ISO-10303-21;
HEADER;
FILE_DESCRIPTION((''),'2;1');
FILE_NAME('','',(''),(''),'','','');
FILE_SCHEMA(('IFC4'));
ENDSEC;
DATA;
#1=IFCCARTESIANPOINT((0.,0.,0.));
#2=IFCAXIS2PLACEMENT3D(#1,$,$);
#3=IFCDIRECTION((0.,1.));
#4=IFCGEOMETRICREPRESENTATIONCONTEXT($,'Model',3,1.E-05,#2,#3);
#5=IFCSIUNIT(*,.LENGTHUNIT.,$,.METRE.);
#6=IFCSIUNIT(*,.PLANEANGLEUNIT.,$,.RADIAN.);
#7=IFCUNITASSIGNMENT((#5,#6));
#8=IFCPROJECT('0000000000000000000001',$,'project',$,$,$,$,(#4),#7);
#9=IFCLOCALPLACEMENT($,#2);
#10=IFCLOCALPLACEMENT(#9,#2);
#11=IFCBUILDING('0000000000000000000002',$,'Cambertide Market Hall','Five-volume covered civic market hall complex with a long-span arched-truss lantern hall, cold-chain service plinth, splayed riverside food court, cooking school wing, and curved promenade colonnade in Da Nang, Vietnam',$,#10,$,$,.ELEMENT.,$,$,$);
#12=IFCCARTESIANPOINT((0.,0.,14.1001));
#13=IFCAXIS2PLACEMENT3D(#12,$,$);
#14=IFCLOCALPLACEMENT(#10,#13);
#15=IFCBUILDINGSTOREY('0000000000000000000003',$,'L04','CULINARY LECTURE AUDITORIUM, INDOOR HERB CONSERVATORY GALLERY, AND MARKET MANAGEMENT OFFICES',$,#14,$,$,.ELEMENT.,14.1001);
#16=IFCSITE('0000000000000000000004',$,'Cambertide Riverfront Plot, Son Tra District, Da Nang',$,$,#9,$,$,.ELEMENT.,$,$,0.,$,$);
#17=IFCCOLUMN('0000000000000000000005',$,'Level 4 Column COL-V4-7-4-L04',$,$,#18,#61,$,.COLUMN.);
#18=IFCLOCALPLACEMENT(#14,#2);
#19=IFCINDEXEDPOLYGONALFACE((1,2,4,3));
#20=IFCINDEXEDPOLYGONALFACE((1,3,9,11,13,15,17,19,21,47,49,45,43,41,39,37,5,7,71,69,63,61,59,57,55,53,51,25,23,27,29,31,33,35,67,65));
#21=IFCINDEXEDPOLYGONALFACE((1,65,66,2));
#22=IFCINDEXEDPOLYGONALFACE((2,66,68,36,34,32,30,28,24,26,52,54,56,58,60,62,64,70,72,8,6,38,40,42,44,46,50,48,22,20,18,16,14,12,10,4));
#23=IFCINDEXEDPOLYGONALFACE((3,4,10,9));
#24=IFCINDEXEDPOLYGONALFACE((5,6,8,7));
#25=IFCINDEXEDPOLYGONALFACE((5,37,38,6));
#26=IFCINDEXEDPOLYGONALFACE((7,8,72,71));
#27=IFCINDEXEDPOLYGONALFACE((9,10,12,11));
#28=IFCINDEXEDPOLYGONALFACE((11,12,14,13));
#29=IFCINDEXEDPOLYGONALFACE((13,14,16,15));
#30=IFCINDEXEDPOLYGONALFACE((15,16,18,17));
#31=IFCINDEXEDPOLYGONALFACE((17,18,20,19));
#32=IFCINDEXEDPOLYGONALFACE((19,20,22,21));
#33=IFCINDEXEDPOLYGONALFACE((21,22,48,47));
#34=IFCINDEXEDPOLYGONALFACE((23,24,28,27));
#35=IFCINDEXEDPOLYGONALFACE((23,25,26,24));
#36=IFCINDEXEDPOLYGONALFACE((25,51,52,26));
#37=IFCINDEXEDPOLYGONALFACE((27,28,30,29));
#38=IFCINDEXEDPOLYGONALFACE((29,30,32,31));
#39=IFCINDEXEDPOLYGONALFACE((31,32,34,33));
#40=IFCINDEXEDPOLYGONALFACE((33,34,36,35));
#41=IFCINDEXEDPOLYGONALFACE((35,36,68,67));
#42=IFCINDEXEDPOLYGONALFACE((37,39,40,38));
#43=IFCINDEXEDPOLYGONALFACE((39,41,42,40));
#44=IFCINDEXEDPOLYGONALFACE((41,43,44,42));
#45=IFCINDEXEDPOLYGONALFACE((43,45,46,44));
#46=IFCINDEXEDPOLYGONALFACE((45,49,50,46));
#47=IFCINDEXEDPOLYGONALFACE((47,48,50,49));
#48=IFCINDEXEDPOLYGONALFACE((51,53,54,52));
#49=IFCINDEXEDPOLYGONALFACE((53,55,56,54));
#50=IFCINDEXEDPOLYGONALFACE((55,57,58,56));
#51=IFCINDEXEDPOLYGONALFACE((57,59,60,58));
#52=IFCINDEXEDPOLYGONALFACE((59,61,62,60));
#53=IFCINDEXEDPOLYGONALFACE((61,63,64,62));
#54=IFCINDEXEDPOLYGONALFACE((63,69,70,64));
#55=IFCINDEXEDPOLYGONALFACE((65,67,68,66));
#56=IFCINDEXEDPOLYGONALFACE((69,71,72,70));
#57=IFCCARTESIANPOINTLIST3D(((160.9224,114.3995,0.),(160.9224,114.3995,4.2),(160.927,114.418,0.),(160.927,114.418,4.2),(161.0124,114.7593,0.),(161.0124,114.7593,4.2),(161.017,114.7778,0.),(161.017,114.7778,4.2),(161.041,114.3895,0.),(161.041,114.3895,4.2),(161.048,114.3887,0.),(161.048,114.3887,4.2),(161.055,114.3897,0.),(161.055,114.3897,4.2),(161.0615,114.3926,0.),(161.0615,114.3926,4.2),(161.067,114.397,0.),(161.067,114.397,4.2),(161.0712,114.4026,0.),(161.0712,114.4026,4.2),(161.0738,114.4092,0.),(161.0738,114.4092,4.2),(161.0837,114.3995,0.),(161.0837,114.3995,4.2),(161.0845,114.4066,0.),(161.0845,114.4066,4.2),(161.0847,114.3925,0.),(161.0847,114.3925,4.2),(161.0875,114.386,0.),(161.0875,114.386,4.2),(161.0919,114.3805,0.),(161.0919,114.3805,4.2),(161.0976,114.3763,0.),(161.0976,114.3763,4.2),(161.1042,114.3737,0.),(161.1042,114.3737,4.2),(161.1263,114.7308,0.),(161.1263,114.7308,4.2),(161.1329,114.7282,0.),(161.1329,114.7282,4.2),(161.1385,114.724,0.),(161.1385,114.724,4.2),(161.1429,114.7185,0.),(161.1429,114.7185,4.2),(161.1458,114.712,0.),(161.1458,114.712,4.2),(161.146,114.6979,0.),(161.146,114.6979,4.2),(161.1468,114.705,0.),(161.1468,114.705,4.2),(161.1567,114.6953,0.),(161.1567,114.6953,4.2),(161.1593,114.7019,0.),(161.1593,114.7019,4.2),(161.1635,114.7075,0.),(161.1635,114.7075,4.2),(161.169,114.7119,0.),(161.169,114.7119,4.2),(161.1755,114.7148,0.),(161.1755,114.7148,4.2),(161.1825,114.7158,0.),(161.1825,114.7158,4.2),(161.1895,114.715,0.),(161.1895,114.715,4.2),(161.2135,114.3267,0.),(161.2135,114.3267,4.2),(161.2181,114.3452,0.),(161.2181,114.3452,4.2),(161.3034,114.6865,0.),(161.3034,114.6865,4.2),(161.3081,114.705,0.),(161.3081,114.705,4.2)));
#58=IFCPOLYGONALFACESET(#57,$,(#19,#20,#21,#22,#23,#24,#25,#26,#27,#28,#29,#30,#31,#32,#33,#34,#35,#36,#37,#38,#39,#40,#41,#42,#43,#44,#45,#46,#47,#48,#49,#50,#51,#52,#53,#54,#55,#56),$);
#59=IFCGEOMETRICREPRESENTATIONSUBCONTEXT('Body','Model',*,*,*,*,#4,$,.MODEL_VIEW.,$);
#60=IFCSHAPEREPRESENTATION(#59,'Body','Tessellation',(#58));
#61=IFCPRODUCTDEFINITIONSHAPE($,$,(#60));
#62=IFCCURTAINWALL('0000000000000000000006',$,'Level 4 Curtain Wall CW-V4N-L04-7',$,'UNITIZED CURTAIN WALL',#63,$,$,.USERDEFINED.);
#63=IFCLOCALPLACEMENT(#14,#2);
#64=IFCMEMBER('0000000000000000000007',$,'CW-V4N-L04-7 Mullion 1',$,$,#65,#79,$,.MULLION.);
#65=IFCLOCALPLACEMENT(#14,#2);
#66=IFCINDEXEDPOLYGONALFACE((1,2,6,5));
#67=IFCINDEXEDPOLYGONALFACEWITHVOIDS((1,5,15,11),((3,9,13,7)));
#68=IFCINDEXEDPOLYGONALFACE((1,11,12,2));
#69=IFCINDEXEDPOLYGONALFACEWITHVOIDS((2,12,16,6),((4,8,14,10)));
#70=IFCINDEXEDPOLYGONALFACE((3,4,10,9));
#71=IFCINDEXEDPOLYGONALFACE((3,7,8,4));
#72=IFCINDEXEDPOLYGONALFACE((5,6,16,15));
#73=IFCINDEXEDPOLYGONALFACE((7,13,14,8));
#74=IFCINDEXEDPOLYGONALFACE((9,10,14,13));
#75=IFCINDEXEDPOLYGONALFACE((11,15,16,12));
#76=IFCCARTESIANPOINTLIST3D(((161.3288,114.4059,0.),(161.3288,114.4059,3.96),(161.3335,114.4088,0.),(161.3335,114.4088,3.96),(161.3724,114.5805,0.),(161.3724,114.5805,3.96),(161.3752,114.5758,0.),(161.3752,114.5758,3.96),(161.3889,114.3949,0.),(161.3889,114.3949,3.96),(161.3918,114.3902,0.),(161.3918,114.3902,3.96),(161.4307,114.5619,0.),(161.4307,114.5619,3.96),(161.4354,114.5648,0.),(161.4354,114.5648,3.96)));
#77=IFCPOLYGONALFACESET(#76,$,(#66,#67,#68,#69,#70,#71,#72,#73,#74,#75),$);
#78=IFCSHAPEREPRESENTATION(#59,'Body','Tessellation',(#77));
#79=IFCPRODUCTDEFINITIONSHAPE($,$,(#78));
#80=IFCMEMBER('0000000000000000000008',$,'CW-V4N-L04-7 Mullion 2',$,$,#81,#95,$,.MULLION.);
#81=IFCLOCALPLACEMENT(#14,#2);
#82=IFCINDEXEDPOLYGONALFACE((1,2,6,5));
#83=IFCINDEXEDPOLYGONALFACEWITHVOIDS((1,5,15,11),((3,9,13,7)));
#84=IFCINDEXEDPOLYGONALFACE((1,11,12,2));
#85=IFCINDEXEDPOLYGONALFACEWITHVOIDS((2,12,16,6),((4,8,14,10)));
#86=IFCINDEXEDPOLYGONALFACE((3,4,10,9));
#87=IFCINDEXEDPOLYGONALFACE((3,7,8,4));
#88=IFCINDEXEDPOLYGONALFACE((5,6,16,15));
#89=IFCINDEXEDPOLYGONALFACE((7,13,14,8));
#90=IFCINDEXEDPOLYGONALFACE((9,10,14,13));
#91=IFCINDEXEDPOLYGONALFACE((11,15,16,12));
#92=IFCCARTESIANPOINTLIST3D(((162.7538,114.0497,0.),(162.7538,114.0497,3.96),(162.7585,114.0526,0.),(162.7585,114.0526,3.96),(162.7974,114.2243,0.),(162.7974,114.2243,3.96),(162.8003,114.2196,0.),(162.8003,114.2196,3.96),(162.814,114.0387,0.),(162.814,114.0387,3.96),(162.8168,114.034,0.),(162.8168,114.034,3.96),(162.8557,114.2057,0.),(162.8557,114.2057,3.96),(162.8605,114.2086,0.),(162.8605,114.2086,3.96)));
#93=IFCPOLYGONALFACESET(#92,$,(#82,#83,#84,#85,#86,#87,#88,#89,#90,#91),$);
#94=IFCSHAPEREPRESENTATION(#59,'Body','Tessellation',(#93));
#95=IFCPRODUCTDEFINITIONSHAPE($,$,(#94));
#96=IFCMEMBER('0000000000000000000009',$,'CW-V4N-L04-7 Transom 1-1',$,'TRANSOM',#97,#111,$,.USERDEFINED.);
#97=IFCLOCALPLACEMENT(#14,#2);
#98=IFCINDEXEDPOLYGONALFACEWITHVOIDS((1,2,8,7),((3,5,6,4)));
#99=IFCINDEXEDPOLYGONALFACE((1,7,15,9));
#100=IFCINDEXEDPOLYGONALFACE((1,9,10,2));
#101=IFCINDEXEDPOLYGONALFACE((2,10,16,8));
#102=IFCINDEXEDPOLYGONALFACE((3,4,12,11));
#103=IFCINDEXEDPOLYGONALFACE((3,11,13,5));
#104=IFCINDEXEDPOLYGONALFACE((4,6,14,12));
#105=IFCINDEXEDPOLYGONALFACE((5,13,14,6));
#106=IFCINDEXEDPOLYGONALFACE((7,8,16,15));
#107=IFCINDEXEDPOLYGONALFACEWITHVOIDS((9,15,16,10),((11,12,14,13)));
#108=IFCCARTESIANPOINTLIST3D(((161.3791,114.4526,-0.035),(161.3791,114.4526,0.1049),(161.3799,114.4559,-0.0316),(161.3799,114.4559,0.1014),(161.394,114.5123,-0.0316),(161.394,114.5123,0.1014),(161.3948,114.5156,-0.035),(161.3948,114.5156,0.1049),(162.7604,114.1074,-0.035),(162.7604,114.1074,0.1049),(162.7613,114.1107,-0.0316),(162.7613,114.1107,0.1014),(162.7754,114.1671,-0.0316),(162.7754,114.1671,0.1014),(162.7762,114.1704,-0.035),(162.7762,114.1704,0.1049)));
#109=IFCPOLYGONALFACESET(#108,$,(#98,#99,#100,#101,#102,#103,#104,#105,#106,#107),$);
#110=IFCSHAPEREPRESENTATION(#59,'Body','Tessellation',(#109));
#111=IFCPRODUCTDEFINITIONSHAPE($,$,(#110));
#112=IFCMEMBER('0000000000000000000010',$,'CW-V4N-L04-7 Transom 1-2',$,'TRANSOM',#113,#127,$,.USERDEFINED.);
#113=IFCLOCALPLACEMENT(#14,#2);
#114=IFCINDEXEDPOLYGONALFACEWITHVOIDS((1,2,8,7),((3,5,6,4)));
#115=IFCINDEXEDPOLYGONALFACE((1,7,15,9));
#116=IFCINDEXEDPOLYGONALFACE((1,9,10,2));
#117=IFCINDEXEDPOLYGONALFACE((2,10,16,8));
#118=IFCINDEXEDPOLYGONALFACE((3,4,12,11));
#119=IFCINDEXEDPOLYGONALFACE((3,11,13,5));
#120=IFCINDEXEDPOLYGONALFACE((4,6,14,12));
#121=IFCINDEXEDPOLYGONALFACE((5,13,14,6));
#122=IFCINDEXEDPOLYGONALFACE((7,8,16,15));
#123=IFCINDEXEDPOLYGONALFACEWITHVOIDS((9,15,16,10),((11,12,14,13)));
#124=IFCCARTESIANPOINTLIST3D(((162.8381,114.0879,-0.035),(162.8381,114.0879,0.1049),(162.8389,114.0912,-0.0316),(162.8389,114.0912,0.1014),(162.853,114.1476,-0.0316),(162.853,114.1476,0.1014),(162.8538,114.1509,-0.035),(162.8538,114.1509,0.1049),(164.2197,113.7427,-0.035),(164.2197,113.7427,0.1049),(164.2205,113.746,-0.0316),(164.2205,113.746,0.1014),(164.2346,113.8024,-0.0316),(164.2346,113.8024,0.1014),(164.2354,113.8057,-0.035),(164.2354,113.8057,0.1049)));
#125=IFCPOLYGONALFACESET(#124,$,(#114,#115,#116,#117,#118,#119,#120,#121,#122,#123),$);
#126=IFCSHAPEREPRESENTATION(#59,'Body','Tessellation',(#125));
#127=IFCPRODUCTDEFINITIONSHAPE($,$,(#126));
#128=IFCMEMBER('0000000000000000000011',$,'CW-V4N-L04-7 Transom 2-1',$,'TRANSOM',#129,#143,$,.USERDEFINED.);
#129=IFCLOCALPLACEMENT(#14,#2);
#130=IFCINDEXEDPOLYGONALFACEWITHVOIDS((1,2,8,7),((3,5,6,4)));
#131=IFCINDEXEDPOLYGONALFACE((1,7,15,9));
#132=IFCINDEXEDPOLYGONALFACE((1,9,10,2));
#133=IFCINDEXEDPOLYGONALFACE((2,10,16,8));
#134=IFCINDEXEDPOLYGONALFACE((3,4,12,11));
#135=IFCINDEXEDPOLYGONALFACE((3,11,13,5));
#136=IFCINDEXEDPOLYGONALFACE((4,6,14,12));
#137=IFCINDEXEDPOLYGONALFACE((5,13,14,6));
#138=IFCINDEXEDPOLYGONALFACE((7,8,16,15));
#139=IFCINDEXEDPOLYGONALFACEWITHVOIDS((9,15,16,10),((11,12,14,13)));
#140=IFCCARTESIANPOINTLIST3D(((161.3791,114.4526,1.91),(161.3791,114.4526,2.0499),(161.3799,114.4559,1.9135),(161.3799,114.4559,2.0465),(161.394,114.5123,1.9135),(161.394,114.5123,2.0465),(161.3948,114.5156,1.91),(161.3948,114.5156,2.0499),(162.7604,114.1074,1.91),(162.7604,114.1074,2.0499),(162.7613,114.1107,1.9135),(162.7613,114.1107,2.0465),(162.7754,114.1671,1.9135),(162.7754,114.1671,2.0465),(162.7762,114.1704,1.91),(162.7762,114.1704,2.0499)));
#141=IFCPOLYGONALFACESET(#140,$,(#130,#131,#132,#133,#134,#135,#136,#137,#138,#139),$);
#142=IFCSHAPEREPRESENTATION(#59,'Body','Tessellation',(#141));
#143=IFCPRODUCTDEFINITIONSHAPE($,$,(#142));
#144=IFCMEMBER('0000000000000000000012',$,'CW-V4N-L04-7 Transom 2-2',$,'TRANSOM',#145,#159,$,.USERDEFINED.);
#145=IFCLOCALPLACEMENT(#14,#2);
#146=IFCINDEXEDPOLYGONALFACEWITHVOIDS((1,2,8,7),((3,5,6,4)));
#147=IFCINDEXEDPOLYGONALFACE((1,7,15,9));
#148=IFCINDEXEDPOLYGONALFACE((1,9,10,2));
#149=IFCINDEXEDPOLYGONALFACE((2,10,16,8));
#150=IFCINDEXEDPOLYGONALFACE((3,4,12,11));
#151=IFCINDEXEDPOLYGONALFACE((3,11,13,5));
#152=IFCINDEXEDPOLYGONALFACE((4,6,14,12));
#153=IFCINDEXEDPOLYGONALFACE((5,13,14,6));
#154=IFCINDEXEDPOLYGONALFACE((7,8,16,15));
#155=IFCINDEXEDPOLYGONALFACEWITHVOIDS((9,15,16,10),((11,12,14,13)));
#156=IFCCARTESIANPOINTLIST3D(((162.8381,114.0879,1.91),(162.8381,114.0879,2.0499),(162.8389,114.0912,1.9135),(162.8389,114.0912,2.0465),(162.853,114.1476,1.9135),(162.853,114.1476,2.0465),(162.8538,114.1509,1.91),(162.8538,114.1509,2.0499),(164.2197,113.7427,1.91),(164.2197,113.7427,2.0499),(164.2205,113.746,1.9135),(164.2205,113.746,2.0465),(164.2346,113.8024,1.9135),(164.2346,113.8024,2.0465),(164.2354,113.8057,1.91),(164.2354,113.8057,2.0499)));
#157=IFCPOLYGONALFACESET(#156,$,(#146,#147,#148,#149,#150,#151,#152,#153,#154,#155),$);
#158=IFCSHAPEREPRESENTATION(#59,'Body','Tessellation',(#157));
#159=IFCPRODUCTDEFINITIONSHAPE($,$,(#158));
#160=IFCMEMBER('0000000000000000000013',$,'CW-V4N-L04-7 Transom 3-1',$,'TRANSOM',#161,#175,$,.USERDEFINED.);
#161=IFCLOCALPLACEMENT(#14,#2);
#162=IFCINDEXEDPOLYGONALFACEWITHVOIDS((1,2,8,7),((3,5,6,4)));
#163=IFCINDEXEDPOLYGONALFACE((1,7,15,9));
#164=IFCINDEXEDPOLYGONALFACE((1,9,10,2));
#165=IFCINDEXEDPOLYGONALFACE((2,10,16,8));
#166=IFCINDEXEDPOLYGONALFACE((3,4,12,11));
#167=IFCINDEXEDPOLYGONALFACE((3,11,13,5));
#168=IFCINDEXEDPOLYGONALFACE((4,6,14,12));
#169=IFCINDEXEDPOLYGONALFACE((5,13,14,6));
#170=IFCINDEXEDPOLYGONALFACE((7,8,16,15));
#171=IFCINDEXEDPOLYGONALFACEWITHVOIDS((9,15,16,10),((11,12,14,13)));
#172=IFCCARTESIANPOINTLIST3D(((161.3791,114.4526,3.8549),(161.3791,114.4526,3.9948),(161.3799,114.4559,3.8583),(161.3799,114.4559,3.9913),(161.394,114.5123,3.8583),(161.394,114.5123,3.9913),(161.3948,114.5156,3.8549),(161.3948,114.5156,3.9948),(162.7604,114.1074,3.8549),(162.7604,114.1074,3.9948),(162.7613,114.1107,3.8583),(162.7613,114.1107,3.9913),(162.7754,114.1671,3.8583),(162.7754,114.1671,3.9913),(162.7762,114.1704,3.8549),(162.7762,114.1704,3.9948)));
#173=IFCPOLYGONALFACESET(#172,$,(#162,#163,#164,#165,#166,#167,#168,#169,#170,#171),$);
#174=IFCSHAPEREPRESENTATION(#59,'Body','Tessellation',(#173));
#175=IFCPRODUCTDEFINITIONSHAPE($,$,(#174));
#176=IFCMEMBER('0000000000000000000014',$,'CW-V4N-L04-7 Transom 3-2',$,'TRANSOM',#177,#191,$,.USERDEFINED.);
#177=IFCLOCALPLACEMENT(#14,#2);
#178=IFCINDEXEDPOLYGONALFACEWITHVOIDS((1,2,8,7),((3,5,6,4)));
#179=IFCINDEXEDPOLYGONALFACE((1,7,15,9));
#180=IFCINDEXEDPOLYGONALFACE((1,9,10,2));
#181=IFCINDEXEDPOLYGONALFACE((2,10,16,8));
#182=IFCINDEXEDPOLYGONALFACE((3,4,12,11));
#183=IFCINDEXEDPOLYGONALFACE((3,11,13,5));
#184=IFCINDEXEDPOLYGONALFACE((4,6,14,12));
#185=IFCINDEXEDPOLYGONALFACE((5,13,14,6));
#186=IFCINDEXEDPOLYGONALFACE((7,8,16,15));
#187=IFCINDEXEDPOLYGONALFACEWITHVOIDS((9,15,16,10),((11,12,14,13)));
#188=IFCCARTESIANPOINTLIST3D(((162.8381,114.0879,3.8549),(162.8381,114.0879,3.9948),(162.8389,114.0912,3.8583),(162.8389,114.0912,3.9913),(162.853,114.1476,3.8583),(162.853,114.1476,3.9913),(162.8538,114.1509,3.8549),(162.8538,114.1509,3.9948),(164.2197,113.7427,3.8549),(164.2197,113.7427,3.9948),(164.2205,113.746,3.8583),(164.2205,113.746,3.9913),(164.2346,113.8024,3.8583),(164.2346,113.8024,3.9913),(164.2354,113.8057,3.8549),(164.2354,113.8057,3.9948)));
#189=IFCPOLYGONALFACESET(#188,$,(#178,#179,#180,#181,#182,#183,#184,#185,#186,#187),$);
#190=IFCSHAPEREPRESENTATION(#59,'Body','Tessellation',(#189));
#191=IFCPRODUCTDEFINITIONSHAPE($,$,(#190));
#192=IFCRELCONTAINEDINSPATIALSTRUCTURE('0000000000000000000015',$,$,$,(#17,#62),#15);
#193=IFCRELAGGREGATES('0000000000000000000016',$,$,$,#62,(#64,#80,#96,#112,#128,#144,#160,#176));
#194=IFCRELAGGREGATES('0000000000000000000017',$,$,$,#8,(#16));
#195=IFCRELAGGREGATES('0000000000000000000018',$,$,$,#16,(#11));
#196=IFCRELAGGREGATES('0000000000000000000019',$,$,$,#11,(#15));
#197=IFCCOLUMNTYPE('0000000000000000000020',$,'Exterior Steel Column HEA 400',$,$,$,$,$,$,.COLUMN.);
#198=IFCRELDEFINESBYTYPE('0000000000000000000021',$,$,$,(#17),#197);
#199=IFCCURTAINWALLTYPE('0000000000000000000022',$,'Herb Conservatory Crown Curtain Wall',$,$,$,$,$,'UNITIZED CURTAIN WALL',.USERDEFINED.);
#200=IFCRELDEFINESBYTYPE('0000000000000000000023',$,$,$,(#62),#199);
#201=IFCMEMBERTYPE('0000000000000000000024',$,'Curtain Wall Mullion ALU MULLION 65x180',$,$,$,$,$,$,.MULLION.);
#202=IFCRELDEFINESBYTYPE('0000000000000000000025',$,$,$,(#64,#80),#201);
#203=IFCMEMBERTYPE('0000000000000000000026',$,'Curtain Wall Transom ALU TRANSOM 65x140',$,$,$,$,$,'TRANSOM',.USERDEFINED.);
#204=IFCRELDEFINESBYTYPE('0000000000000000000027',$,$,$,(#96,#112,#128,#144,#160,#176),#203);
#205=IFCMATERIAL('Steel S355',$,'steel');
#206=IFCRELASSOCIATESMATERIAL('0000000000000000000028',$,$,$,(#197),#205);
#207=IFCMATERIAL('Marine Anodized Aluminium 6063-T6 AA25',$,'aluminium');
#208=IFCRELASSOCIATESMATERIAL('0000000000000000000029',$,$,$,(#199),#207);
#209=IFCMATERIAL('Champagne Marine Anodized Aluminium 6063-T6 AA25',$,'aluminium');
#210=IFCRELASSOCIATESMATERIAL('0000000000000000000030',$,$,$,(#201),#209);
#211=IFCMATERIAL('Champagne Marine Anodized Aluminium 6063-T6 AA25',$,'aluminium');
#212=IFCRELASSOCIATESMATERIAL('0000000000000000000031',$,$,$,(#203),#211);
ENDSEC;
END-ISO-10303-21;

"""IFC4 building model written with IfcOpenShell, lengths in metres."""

from ifc_helpers import new_model, si_unit, direction, frame, origin, origin_2d, place, context, subcontext, project, spatial, hollow_rectangle, i_section, extrude, material, material_profile, profile_set, type_object, element, aggregate, save


model = new_model("IFC4")

# Units and contexts
model_context = context("Model", 3, precision=1e-05, world=origin(), true_north=direction((0.0, 1.0)))
body_context = subcontext(model_context, "Body", "Model", "MODEL_VIEW")
ifc_project = project(units=[si_unit("LENGTHUNIT", "METRE"), si_unit("PLANEANGLEUNIT", "RADIAN")], contexts=[model_context])

# Site, building, storey
site_placement = place(None, origin())
site = spatial("IfcSite", under=ifc_project, at=site_placement, Name="Cambertide Riverfront Plot, Son Tra District, Da Nang", CompositionType="ELEMENT", RefElevation=0.0)
building_placement = place(site_placement, origin())
building = spatial("IfcBuilding", under=site, at=building_placement, Name="Cambertide Market Hall", Description="Five-volume covered civic market hall complex with a long-span arched-truss lantern hall, cold-chain service plinth, splayed riverside food court, cooking school wing, and curved promenade colonnade in Da Nang, Vietnam", CompositionType="ELEMENT")
storey_placement = place(building_placement, frame((0.0, 0.0, 14.1001)))
storey = spatial("IfcBuildingStorey", under=building, at=storey_placement, Name="L04", Description="CULINARY LECTURE AUDITORIUM, INDOOR HERB CONSERVATORY GALLERY, AND MARKET MANAGEMENT OFFICES", CompositionType="ELEMENT", Elevation=14.1001)

# Column
ifc_material_1 = material(Name="Steel S355", Category="steel")
ifc_material_profile_1 = material_profile(ifc_material_1, i_section(OverallWidth=0.3, OverallDepth=0.3899, WebThickness=0.011, FlangeThickness=0.019, FilletRadius=0.0271, at=origin_2d()), Name="HEA 400")
ifc_profile_set_1 = profile_set([ifc_material_profile_1], Name="Steel S355")
column_type = type_object("IfcColumnType", Name="Exterior Steel Column HEA 400", PredefinedType="COLUMN", material=ifc_profile_set_1)
column_placement = place(storey_placement, frame((161.1152, 114.5522, 0.0), z_axis=(0.0, 0.0, 1.0), x_axis=(0.970143, -0.242536, 0.0)))
element("IfcColumn", 1, at=column_placement, inside=storey, type_object=column_type, Name="Level 4 Column COL-V4-7-4-L04", PredefinedType="COLUMN", context=body_context, shape_type="SweptSolid", body=[
    extrude(i_section(OverallWidth=0.3, OverallDepth=0.3899, WebThickness=0.011, FlangeThickness=0.019, FilletRadius=0.0271, at=origin_2d()), origin(), (0.0, 0.0, 1.0), 4.2),
])

# Curtain wall, members
ifc_material_2 = material(Name="Marine Anodized Aluminium 6063-T6 AA25", Category="aluminium")
curtain_wall_type = type_object("IfcCurtainWallType", Name="Herb Conservatory Crown Curtain Wall", ElementType="UNITIZED CURTAIN WALL", PredefinedType="USERDEFINED", material=ifc_material_2)
curtain_wall_placement = place(storey_placement, origin())
curtain_wall = element("IfcCurtainWall", 2, at=curtain_wall_placement, inside=storey, type_object=curtain_wall_type, Name="Level 4 Curtain Wall CW-V4N-L04-7", ObjectType="UNITIZED CURTAIN WALL", PredefinedType="USERDEFINED")
ifc_material_3 = material(Name="Champagne Marine Anodized Aluminium 6063-T6 AA25", Category="aluminium")
ifc_material_profile_2 = material_profile(ifc_material_3, hollow_rectangle(XDim=0.0649, YDim=0.1799, WallThickness=0.0039, at=origin_2d()), Name="ALU MULLION 65x180")
ifc_profile_set_2 = profile_set([ifc_material_profile_2], Name="Champagne Marine Anodized Aluminium 6063-T6 AA25")
member_type_1 = type_object("IfcMemberType", Name="Curtain Wall Mullion ALU MULLION 65x180", PredefinedType="MULLION", material=ifc_profile_set_2)
member_1_placement = place(storey_placement, frame((161.3821, 114.4854, 0.0), z_axis=(0.0, 0.0, 1.0), x_axis=(0.970143, -0.242536, 0.0)))
member_1 = element("IfcMember", 3, at=member_1_placement, type_object=member_type_1, Name="CW-V4N-L04-7 Mullion 1", PredefinedType="MULLION", context=body_context, shape_type="SweptSolid", body=[
    extrude(hollow_rectangle(XDim=0.0649, YDim=0.1799, WallThickness=0.0039, at=origin_2d()), origin(), (0.0, 0.0, 1.0), 3.96),
])
member_2_placement = place(storey_placement, frame((162.8071, 114.1292, 0.0), z_axis=(0.0, 0.0, 1.0), x_axis=(0.970143, -0.242536, 0.0)))
member_2 = element("IfcMember", 4, at=member_2_placement, type_object=member_type_1, Name="CW-V4N-L04-7 Mullion 2", PredefinedType="MULLION", context=body_context, shape_type="SweptSolid", body=[
    extrude(hollow_rectangle(XDim=0.0649, YDim=0.1799, WallThickness=0.0039, at=origin_2d()), origin(), (0.0, 0.0, 1.0), 3.96),
])
ifc_material_4 = material(Name="Champagne Marine Anodized Aluminium 6063-T6 AA25", Category="aluminium")
ifc_material_profile_3 = material_profile(ifc_material_4, hollow_rectangle(XDim=0.0649, YDim=0.1399, WallThickness=0.0034, at=origin_2d()), Name="ALU TRANSOM 65x140")
ifc_profile_set_3 = profile_set([ifc_material_profile_3], Name="Champagne Marine Anodized Aluminium 6063-T6 AA25")
member_type_2 = type_object("IfcMemberType", Name="Curtain Wall Transom ALU TRANSOM 65x140", ElementType="TRANSOM", PredefinedType="USERDEFINED", material=ifc_profile_set_3)
member_3_placement = place(storey_placement, frame((161.387, 114.4841, 0.0349), z_axis=(0.970163, -0.242455, 0.0), x_axis=(0.242455, 0.970163, 0.0)))
member_3 = element("IfcMember", 5, at=member_3_placement, type_object=member_type_2, Name="CW-V4N-L04-7 Transom 1-1", ObjectType="TRANSOM", PredefinedType="USERDEFINED", context=body_context, shape_type="SweptSolid", body=[
    extrude(hollow_rectangle(XDim=0.0649, YDim=0.1399, WallThickness=0.0034, at=origin_2d()), origin(), (0.0, 0.0, 1.0), 1.4238),
])
member_4_placement = place(storey_placement, frame((162.8459, 114.1194, 0.0349), z_axis=(0.970173, -0.242415, 0.0), x_axis=(0.242415, 0.970173, 0.0)))
member_4 = element("IfcMember", 6, at=member_4_placement, type_object=member_type_2, Name="CW-V4N-L04-7 Transom 1-2", ObjectType="TRANSOM", PredefinedType="USERDEFINED", context=body_context, shape_type="SweptSolid", body=[
    extrude(hollow_rectangle(XDim=0.0649, YDim=0.1399, WallThickness=0.0034, at=origin_2d()), origin(), (0.0, 0.0, 1.0), 1.4241),
])
member_5_placement = place(storey_placement, frame((161.387, 114.4841, 1.98), z_axis=(0.970163, -0.242455, 0.0), x_axis=(0.242455, 0.970163, 0.0)))
member_5 = element("IfcMember", 7, at=member_5_placement, type_object=member_type_2, Name="CW-V4N-L04-7 Transom 2-1", ObjectType="TRANSOM", PredefinedType="USERDEFINED", context=body_context, shape_type="SweptSolid", body=[
    extrude(hollow_rectangle(XDim=0.0649, YDim=0.1399, WallThickness=0.0034, at=origin_2d()), origin(), (0.0, 0.0, 1.0), 1.4238),
])
member_6_placement = place(storey_placement, frame((162.8459, 114.1194, 1.98), z_axis=(0.970173, -0.242415, 0.0), x_axis=(0.242415, 0.970173, 0.0)))
member_6 = element("IfcMember", 8, at=member_6_placement, type_object=member_type_2, Name="CW-V4N-L04-7 Transom 2-2", ObjectType="TRANSOM", PredefinedType="USERDEFINED", context=body_context, shape_type="SweptSolid", body=[
    extrude(hollow_rectangle(XDim=0.0649, YDim=0.1399, WallThickness=0.0034, at=origin_2d()), origin(), (0.0, 0.0, 1.0), 1.4241),
])
member_7_placement = place(storey_placement, frame((161.387, 114.4841, 3.9248), z_axis=(0.970163, -0.242455, 0.0), x_axis=(0.242455, 0.970163, 0.0)))
member_7 = element("IfcMember", 9, at=member_7_placement, type_object=member_type_2, Name="CW-V4N-L04-7 Transom 3-1", ObjectType="TRANSOM", PredefinedType="USERDEFINED", context=body_context, shape_type="SweptSolid", body=[
    extrude(hollow_rectangle(XDim=0.0649, YDim=0.1399, WallThickness=0.0034, at=origin_2d()), origin(), (0.0, 0.0, 1.0), 1.4238),
])
member_8_placement = place(storey_placement, frame((162.8459, 114.1194, 3.9248), z_axis=(0.970173, -0.242415, 0.0), x_axis=(0.242415, 0.970173, 0.0)))
member_8 = element("IfcMember", 10, at=member_8_placement, type_object=member_type_2, Name="CW-V4N-L04-7 Transom 3-2", ObjectType="TRANSOM", PredefinedType="USERDEFINED", context=body_context, shape_type="SweptSolid", body=[
    extrude(hollow_rectangle(XDim=0.0649, YDim=0.1399, WallThickness=0.0034, at=origin_2d()), origin(), (0.0, 0.0, 1.0), 1.4241),
])

aggregate(curtain_wall, [member_1, member_2, member_3, member_4, member_5, member_6, member_7, member_8])

save(model, "model.ifc")
